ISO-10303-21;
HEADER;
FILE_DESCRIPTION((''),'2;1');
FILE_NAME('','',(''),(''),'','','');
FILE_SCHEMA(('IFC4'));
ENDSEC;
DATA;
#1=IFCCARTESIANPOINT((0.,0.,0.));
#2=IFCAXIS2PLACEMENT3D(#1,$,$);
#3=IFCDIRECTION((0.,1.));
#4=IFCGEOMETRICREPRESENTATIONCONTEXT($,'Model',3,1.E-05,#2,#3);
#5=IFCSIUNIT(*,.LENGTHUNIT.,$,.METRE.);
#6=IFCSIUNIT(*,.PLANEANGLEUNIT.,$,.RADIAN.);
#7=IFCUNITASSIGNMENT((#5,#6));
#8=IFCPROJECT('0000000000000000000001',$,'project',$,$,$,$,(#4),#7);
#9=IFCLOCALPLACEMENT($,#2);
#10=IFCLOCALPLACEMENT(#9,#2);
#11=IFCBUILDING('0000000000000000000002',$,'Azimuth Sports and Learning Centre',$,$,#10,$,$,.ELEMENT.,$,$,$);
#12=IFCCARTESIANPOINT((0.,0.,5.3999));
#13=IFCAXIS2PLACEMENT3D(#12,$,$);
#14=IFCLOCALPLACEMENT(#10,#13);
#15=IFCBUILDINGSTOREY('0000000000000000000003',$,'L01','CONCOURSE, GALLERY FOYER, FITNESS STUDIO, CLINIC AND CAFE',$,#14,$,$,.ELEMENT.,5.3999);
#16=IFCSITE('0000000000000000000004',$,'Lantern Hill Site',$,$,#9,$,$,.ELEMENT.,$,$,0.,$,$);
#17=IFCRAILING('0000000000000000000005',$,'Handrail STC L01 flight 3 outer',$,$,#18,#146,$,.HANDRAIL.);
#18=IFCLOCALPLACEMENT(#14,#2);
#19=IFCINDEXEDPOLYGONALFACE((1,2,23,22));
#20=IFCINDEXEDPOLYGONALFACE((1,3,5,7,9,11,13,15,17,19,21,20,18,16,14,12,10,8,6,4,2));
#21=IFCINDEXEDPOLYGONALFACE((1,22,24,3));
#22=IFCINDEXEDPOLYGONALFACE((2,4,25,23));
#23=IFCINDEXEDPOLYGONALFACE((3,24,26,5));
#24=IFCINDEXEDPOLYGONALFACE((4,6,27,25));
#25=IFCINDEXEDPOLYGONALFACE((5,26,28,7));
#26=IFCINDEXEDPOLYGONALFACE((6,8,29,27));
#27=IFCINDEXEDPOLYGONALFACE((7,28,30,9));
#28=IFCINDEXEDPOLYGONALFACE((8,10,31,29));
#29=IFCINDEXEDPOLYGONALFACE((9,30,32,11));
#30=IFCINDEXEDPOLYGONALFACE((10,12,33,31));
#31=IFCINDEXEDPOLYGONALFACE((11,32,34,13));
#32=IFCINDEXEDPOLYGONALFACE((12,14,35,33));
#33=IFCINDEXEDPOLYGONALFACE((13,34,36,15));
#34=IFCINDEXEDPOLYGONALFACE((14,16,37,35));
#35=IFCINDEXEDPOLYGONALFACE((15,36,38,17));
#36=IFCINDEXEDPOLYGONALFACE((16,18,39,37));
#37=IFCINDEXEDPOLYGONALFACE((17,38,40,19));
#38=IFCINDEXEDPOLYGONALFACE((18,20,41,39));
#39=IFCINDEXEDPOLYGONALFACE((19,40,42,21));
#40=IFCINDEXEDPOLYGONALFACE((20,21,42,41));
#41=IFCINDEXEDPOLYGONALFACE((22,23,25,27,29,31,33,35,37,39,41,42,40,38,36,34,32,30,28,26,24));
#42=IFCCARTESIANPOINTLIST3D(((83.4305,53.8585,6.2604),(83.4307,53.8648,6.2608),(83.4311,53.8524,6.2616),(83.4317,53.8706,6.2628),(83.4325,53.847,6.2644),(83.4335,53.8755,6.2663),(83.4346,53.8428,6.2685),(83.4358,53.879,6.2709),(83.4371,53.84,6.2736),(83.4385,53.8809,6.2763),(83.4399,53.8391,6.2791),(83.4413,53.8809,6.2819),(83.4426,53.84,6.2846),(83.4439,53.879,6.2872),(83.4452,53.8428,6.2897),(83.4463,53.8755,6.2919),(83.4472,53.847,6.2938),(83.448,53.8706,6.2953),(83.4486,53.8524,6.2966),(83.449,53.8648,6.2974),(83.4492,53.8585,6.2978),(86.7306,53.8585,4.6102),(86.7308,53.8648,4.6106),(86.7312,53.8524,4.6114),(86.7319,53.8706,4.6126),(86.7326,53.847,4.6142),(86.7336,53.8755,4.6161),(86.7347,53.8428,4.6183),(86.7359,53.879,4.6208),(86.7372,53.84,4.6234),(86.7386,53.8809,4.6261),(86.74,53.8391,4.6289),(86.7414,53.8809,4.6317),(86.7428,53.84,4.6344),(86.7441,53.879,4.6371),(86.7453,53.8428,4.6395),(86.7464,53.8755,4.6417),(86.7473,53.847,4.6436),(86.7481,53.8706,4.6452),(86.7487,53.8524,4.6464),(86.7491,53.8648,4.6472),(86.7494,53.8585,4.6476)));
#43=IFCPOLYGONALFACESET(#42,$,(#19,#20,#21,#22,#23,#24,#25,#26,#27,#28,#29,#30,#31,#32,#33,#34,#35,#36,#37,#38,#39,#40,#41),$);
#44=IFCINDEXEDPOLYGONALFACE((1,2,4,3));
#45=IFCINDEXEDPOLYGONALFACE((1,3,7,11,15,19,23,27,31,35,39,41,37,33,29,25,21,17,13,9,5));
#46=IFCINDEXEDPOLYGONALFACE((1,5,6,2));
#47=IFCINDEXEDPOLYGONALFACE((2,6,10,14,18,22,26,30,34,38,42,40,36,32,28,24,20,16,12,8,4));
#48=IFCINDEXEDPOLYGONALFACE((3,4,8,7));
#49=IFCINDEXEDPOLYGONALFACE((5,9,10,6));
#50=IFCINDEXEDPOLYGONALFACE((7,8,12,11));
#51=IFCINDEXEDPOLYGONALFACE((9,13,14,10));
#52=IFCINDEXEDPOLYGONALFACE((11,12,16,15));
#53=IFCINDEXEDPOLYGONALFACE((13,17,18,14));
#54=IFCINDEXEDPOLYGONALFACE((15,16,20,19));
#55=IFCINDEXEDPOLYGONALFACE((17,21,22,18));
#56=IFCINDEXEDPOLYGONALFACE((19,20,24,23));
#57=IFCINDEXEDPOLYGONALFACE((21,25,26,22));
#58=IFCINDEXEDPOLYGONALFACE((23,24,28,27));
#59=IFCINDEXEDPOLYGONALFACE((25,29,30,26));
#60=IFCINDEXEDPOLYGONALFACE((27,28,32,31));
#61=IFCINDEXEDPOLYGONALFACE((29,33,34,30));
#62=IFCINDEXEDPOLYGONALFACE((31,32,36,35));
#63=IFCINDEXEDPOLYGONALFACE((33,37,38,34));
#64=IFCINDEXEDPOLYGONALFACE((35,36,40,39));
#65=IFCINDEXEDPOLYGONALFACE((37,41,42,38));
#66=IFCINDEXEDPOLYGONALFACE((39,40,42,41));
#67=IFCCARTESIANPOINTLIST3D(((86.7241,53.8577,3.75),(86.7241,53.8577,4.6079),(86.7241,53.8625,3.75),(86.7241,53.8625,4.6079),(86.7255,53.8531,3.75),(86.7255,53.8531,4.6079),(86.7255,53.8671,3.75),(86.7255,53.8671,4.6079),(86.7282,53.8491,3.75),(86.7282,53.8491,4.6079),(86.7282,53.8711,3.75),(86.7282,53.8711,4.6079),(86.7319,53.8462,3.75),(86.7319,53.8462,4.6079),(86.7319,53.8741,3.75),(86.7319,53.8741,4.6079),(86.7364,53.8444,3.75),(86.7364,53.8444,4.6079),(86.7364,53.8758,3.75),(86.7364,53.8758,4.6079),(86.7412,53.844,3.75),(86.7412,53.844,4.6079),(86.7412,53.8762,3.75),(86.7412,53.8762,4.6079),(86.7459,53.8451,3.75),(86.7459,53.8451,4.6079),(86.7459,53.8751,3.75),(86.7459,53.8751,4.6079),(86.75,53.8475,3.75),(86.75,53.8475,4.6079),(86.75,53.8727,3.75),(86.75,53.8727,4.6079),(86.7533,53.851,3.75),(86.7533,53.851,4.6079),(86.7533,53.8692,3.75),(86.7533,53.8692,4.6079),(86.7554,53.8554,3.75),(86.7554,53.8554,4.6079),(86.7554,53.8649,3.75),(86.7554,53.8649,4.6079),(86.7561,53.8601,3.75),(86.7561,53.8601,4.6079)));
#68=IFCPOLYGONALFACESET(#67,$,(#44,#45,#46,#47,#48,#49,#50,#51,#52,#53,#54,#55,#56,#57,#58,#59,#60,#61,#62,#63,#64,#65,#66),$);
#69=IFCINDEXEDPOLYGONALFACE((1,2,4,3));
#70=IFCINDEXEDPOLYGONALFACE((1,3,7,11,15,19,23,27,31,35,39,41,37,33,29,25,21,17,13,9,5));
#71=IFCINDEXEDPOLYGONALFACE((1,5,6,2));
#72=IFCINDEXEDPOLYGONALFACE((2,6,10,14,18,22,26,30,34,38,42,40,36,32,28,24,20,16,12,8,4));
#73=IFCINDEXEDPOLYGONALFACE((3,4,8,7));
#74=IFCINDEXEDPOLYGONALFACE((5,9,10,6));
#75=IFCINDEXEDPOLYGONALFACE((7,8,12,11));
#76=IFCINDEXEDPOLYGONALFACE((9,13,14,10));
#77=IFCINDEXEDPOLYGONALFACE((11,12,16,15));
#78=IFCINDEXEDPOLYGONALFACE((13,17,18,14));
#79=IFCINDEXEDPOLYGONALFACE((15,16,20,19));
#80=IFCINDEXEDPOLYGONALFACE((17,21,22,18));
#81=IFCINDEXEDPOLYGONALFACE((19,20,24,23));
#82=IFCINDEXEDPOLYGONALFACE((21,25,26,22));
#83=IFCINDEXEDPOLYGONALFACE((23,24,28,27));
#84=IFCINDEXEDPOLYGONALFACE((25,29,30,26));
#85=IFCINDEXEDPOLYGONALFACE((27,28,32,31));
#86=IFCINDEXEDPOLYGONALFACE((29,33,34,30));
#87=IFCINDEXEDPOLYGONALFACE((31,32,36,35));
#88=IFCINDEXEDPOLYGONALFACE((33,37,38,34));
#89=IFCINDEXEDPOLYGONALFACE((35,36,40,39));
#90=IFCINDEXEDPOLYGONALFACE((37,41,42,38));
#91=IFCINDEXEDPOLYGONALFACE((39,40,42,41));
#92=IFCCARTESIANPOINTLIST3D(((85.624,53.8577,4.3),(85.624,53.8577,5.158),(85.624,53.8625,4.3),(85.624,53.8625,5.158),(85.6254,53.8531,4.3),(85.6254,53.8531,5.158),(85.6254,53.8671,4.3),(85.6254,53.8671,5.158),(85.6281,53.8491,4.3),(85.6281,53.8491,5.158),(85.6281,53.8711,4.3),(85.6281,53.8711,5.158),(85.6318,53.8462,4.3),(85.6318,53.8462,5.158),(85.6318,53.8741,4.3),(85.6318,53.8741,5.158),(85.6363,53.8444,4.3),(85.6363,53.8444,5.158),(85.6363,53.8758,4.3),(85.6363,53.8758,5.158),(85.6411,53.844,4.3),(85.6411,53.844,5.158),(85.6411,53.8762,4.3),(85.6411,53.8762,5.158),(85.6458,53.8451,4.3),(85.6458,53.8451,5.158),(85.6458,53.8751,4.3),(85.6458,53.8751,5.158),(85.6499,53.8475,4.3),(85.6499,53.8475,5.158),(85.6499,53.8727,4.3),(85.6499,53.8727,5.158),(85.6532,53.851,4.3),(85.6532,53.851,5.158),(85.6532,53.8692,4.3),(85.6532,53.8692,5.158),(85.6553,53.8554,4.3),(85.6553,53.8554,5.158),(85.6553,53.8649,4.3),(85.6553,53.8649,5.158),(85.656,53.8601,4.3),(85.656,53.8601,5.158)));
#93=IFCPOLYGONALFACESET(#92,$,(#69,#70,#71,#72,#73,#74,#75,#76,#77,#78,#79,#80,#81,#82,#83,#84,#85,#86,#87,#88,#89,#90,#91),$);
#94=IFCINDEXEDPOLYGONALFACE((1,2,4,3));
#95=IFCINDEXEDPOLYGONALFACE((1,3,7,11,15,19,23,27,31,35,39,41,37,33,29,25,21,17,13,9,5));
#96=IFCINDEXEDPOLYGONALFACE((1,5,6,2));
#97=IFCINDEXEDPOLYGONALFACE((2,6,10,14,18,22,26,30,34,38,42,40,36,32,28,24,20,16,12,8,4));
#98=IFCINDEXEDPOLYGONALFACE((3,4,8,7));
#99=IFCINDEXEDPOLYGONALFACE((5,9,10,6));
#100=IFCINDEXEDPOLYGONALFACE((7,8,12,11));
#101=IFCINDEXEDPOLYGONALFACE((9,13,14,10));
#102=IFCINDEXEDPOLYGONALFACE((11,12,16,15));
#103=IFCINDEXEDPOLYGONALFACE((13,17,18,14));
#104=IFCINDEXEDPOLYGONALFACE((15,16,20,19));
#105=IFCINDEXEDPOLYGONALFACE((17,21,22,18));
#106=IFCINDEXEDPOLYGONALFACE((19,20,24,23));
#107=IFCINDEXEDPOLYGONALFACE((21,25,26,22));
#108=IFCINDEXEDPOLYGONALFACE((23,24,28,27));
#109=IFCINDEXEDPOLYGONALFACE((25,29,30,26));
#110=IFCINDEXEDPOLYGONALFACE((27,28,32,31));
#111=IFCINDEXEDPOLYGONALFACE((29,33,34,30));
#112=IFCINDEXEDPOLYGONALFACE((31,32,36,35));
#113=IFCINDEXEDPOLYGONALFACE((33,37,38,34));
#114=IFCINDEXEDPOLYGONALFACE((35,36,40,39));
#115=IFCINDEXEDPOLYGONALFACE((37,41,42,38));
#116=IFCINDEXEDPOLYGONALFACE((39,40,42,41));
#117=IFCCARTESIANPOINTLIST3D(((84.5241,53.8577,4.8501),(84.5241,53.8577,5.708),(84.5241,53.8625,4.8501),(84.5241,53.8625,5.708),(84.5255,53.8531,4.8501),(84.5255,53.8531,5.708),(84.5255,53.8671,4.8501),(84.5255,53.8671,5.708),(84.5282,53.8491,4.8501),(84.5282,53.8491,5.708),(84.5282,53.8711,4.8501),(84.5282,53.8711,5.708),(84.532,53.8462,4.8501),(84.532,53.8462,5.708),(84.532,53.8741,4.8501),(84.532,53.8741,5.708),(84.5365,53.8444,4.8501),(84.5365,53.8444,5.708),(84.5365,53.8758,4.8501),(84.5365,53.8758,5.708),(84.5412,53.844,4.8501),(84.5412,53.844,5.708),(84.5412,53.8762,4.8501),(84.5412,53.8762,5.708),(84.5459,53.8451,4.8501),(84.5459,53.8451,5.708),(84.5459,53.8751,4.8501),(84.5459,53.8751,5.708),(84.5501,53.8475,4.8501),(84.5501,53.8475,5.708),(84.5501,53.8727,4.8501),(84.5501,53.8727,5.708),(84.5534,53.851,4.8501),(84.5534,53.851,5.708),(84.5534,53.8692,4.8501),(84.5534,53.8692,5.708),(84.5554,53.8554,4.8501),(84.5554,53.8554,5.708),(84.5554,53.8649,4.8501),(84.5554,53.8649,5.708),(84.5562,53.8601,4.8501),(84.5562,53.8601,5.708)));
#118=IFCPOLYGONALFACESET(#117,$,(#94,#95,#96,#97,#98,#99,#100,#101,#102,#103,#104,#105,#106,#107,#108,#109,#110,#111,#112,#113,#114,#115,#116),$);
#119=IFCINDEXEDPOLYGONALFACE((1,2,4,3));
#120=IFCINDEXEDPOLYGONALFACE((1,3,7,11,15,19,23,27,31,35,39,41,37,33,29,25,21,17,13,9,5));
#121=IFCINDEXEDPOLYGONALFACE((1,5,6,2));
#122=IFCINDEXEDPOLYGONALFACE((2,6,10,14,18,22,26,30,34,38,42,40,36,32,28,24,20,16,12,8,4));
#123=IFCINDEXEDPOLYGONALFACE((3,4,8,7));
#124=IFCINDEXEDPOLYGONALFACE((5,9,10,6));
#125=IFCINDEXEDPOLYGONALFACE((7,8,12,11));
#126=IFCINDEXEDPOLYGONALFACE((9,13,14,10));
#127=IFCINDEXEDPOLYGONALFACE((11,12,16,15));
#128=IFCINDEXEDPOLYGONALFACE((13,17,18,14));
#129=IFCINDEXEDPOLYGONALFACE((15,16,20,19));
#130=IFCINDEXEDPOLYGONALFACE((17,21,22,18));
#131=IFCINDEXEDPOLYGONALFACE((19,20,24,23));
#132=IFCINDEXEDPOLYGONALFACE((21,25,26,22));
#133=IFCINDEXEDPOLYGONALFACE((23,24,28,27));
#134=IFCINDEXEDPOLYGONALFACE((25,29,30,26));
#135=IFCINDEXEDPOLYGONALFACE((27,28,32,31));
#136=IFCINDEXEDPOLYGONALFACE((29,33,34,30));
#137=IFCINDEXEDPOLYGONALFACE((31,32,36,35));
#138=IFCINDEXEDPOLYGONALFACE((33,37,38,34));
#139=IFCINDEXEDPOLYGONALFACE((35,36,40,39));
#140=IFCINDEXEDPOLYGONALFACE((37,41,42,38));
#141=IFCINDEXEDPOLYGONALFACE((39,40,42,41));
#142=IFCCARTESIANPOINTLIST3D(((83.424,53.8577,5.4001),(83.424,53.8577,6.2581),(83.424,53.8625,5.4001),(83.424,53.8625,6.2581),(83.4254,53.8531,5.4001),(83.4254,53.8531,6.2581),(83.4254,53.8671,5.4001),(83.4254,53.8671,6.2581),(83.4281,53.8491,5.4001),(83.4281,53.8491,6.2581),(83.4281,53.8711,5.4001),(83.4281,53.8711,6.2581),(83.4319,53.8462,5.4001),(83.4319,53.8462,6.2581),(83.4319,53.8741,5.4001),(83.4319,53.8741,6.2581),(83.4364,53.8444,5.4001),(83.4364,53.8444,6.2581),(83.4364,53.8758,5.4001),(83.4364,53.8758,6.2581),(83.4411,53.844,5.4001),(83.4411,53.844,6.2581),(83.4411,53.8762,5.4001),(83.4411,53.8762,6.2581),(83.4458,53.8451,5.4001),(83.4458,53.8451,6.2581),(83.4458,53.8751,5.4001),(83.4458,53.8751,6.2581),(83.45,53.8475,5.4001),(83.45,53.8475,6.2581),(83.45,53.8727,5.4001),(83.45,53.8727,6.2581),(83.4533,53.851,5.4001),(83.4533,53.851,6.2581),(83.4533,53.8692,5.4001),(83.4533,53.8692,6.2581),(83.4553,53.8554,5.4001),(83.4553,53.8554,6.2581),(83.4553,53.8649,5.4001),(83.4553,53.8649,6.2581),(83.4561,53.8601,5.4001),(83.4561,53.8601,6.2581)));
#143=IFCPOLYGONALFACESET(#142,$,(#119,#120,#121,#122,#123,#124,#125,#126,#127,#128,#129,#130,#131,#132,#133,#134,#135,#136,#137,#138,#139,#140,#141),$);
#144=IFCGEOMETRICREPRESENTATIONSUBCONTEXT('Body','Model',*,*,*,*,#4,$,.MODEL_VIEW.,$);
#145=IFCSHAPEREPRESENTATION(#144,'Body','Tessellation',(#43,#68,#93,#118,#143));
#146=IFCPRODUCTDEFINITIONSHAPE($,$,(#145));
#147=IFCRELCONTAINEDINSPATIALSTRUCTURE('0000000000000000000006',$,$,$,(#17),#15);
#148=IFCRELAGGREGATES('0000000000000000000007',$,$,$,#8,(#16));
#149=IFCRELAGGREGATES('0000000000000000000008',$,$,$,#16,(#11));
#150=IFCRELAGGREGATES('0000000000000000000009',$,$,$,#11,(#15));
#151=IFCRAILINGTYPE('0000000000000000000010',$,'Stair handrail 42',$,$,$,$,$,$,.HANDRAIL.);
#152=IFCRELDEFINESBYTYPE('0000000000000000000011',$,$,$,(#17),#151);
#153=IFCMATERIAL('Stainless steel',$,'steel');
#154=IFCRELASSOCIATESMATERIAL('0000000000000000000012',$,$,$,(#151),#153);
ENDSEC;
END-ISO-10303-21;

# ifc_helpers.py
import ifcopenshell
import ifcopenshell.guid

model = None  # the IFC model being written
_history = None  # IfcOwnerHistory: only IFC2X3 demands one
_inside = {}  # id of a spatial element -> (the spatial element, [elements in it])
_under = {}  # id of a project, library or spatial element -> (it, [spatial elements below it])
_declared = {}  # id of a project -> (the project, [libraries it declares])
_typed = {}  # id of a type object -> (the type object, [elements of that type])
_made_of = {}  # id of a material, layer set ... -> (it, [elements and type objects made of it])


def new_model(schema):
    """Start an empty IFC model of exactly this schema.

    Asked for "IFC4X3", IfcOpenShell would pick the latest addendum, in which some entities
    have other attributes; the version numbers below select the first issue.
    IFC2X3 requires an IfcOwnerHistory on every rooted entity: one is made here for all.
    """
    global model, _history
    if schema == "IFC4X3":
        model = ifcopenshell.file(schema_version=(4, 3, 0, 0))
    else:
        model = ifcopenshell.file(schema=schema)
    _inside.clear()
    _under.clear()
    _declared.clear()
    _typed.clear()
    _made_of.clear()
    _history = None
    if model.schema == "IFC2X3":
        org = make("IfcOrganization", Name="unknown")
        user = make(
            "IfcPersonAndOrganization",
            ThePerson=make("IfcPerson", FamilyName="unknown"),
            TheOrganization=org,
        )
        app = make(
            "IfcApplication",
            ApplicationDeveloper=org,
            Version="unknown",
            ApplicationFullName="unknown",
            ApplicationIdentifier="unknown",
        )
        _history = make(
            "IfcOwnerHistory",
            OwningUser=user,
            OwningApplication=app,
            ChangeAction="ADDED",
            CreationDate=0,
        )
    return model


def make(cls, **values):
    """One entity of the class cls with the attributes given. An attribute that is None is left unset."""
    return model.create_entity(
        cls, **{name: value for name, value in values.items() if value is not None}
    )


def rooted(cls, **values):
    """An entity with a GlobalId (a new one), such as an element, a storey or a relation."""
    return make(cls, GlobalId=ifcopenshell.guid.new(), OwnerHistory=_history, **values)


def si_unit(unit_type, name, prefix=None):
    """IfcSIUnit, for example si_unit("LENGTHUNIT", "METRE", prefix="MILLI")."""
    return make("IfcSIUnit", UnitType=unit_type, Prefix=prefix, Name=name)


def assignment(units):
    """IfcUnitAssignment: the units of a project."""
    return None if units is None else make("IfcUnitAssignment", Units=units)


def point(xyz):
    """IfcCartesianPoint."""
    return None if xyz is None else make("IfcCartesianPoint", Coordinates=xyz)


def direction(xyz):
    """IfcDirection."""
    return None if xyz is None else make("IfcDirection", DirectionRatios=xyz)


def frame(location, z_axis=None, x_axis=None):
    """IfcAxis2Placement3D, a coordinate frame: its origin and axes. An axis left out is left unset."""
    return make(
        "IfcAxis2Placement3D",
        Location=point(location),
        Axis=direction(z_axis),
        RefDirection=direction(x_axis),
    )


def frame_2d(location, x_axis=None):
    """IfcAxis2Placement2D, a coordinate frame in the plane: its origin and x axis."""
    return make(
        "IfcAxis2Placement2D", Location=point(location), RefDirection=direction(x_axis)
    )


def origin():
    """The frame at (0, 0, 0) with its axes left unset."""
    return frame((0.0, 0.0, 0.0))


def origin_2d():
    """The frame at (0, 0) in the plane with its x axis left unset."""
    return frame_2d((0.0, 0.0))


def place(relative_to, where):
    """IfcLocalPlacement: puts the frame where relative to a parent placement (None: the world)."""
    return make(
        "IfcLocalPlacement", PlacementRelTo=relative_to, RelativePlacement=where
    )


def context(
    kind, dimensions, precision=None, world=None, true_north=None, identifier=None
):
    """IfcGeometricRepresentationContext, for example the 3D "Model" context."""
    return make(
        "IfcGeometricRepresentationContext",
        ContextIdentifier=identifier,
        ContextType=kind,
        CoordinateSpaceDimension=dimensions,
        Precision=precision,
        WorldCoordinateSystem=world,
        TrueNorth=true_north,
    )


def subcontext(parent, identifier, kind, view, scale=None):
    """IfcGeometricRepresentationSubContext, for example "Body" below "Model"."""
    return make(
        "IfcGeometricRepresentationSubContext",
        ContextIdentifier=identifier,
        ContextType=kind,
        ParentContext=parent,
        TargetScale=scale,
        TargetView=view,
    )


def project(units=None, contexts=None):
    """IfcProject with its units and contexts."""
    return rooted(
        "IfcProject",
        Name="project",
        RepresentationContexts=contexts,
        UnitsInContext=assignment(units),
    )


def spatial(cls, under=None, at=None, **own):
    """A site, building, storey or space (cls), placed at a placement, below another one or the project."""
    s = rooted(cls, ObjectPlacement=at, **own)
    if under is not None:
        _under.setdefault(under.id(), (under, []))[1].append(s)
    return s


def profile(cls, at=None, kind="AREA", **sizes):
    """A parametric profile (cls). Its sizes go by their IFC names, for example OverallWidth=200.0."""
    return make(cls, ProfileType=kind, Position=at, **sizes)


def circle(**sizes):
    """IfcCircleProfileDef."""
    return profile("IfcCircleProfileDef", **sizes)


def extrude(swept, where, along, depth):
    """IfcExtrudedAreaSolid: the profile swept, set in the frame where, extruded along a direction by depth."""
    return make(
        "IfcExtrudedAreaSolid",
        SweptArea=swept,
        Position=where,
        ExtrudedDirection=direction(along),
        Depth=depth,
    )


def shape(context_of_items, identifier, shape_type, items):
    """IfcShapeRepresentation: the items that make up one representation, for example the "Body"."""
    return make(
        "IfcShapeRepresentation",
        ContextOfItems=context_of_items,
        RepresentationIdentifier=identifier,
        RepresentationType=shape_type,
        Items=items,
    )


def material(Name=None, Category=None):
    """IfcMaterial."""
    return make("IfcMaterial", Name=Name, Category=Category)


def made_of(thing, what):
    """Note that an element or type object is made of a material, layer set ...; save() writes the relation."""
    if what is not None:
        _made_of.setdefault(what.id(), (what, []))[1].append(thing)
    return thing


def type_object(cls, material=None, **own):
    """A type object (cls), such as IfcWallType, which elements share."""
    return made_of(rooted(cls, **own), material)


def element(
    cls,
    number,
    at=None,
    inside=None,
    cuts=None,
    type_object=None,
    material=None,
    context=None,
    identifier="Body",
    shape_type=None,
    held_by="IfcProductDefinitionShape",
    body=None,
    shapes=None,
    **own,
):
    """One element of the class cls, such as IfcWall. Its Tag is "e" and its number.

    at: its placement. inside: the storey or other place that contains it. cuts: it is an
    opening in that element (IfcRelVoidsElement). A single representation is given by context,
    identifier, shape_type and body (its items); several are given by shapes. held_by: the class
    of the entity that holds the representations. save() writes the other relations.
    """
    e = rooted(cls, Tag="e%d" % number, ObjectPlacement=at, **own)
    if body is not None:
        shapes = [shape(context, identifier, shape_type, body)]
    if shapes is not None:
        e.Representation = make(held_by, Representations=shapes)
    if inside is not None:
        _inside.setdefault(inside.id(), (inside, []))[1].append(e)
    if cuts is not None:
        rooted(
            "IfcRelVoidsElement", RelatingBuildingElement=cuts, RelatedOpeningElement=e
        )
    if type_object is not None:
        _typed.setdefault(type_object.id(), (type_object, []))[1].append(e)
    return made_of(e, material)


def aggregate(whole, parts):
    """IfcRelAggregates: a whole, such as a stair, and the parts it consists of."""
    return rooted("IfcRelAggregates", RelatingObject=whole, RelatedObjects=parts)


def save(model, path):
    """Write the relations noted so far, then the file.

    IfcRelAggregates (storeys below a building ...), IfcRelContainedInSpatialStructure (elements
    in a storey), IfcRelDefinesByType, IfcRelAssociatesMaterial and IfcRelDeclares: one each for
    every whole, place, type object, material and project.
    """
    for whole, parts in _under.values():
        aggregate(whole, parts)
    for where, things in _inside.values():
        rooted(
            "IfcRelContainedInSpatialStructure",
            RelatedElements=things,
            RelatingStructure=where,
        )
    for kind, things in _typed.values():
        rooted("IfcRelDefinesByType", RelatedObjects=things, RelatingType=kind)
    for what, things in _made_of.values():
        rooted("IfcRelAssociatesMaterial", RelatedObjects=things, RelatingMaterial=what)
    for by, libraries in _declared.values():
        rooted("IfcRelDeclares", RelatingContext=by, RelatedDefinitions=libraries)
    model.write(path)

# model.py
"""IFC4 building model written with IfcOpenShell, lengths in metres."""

from ifc_helpers import new_model, si_unit, direction, frame, origin, origin_2d, place, context, subcontext, project, spatial, circle, extrude, material, type_object, element, save


model = new_model("IFC4")

# Units and contexts
model_context = context("Model", 3, precision=1e-05, world=origin(), true_north=direction((0.0, 1.0)))
body_context = subcontext(model_context, "Body", "Model", "MODEL_VIEW")
ifc_project = project(units=[si_unit("LENGTHUNIT", "METRE"), si_unit("PLANEANGLEUNIT", "RADIAN")], contexts=[model_context])

# Site, building, storey
site_placement = place(None, origin())
site = spatial("IfcSite", under=ifc_project, at=site_placement, Name="Lantern Hill Site", CompositionType="ELEMENT", RefElevation=0.0)
building_placement = place(site_placement, origin())
building = spatial("IfcBuilding", under=site, at=building_placement, Name="Azimuth Sports and Learning Centre", CompositionType="ELEMENT")
storey_placement = place(building_placement, frame((0.0, 0.0, 5.3999)))
storey = spatial("IfcBuildingStorey", under=building, at=storey_placement, Name="L01", Description="CONCOURSE, GALLERY FOYER, FITNESS STUDIO, CLINIC AND CAFE", CompositionType="ELEMENT", Elevation=5.3999)

# Railing
ifc_material_1 = material(Name="Stainless steel", Category="steel")
railing_type_1 = type_object("IfcRailingType", Name="Stair handrail 42", PredefinedType="HANDRAIL", material=ifc_material_1)
for number, where, name in (
    (1, (86.74, 53.8601, 3.75), "Handrail STC L01 flight 3 outer"),
):
    element("IfcRailing", number, at=place(storey_placement, frame(where)), inside=storey, type_object=railing_type_1, Name=name, PredefinedType="HANDRAIL", context=body_context, shape_type="SweptSolid", body=[
        extrude(circle(Radius=0.021, at=origin_2d()), frame((0.0, 0.0, 0.8789), z_axis=(-0.894414, 0.0, 0.44724), x_axis=(0.0, -1.0, 0.0)), (0.0, 0.0, 1.0), 3.6897),
        extrude(circle(Radius=0.0161, at=origin_2d()), origin(), (0.0, 0.0, 1.0), 0.8579),
        extrude(circle(Radius=0.0161, at=origin_2d()), frame((-1.1001, 0.0, 0.55)), (0.0, 0.0, 1.0), 0.8579),
        extrude(circle(Radius=0.0161, at=origin_2d()), frame((-2.2, 0.0, 1.1001)), (0.0, 0.0, 1.0), 0.8579),
        extrude(circle(Radius=0.0161, at=origin_2d()), frame((-3.3, 0.0, 1.6501)), (0.0, 0.0, 1.0), 0.8579),
    ])

save(model, "model.ifc")
